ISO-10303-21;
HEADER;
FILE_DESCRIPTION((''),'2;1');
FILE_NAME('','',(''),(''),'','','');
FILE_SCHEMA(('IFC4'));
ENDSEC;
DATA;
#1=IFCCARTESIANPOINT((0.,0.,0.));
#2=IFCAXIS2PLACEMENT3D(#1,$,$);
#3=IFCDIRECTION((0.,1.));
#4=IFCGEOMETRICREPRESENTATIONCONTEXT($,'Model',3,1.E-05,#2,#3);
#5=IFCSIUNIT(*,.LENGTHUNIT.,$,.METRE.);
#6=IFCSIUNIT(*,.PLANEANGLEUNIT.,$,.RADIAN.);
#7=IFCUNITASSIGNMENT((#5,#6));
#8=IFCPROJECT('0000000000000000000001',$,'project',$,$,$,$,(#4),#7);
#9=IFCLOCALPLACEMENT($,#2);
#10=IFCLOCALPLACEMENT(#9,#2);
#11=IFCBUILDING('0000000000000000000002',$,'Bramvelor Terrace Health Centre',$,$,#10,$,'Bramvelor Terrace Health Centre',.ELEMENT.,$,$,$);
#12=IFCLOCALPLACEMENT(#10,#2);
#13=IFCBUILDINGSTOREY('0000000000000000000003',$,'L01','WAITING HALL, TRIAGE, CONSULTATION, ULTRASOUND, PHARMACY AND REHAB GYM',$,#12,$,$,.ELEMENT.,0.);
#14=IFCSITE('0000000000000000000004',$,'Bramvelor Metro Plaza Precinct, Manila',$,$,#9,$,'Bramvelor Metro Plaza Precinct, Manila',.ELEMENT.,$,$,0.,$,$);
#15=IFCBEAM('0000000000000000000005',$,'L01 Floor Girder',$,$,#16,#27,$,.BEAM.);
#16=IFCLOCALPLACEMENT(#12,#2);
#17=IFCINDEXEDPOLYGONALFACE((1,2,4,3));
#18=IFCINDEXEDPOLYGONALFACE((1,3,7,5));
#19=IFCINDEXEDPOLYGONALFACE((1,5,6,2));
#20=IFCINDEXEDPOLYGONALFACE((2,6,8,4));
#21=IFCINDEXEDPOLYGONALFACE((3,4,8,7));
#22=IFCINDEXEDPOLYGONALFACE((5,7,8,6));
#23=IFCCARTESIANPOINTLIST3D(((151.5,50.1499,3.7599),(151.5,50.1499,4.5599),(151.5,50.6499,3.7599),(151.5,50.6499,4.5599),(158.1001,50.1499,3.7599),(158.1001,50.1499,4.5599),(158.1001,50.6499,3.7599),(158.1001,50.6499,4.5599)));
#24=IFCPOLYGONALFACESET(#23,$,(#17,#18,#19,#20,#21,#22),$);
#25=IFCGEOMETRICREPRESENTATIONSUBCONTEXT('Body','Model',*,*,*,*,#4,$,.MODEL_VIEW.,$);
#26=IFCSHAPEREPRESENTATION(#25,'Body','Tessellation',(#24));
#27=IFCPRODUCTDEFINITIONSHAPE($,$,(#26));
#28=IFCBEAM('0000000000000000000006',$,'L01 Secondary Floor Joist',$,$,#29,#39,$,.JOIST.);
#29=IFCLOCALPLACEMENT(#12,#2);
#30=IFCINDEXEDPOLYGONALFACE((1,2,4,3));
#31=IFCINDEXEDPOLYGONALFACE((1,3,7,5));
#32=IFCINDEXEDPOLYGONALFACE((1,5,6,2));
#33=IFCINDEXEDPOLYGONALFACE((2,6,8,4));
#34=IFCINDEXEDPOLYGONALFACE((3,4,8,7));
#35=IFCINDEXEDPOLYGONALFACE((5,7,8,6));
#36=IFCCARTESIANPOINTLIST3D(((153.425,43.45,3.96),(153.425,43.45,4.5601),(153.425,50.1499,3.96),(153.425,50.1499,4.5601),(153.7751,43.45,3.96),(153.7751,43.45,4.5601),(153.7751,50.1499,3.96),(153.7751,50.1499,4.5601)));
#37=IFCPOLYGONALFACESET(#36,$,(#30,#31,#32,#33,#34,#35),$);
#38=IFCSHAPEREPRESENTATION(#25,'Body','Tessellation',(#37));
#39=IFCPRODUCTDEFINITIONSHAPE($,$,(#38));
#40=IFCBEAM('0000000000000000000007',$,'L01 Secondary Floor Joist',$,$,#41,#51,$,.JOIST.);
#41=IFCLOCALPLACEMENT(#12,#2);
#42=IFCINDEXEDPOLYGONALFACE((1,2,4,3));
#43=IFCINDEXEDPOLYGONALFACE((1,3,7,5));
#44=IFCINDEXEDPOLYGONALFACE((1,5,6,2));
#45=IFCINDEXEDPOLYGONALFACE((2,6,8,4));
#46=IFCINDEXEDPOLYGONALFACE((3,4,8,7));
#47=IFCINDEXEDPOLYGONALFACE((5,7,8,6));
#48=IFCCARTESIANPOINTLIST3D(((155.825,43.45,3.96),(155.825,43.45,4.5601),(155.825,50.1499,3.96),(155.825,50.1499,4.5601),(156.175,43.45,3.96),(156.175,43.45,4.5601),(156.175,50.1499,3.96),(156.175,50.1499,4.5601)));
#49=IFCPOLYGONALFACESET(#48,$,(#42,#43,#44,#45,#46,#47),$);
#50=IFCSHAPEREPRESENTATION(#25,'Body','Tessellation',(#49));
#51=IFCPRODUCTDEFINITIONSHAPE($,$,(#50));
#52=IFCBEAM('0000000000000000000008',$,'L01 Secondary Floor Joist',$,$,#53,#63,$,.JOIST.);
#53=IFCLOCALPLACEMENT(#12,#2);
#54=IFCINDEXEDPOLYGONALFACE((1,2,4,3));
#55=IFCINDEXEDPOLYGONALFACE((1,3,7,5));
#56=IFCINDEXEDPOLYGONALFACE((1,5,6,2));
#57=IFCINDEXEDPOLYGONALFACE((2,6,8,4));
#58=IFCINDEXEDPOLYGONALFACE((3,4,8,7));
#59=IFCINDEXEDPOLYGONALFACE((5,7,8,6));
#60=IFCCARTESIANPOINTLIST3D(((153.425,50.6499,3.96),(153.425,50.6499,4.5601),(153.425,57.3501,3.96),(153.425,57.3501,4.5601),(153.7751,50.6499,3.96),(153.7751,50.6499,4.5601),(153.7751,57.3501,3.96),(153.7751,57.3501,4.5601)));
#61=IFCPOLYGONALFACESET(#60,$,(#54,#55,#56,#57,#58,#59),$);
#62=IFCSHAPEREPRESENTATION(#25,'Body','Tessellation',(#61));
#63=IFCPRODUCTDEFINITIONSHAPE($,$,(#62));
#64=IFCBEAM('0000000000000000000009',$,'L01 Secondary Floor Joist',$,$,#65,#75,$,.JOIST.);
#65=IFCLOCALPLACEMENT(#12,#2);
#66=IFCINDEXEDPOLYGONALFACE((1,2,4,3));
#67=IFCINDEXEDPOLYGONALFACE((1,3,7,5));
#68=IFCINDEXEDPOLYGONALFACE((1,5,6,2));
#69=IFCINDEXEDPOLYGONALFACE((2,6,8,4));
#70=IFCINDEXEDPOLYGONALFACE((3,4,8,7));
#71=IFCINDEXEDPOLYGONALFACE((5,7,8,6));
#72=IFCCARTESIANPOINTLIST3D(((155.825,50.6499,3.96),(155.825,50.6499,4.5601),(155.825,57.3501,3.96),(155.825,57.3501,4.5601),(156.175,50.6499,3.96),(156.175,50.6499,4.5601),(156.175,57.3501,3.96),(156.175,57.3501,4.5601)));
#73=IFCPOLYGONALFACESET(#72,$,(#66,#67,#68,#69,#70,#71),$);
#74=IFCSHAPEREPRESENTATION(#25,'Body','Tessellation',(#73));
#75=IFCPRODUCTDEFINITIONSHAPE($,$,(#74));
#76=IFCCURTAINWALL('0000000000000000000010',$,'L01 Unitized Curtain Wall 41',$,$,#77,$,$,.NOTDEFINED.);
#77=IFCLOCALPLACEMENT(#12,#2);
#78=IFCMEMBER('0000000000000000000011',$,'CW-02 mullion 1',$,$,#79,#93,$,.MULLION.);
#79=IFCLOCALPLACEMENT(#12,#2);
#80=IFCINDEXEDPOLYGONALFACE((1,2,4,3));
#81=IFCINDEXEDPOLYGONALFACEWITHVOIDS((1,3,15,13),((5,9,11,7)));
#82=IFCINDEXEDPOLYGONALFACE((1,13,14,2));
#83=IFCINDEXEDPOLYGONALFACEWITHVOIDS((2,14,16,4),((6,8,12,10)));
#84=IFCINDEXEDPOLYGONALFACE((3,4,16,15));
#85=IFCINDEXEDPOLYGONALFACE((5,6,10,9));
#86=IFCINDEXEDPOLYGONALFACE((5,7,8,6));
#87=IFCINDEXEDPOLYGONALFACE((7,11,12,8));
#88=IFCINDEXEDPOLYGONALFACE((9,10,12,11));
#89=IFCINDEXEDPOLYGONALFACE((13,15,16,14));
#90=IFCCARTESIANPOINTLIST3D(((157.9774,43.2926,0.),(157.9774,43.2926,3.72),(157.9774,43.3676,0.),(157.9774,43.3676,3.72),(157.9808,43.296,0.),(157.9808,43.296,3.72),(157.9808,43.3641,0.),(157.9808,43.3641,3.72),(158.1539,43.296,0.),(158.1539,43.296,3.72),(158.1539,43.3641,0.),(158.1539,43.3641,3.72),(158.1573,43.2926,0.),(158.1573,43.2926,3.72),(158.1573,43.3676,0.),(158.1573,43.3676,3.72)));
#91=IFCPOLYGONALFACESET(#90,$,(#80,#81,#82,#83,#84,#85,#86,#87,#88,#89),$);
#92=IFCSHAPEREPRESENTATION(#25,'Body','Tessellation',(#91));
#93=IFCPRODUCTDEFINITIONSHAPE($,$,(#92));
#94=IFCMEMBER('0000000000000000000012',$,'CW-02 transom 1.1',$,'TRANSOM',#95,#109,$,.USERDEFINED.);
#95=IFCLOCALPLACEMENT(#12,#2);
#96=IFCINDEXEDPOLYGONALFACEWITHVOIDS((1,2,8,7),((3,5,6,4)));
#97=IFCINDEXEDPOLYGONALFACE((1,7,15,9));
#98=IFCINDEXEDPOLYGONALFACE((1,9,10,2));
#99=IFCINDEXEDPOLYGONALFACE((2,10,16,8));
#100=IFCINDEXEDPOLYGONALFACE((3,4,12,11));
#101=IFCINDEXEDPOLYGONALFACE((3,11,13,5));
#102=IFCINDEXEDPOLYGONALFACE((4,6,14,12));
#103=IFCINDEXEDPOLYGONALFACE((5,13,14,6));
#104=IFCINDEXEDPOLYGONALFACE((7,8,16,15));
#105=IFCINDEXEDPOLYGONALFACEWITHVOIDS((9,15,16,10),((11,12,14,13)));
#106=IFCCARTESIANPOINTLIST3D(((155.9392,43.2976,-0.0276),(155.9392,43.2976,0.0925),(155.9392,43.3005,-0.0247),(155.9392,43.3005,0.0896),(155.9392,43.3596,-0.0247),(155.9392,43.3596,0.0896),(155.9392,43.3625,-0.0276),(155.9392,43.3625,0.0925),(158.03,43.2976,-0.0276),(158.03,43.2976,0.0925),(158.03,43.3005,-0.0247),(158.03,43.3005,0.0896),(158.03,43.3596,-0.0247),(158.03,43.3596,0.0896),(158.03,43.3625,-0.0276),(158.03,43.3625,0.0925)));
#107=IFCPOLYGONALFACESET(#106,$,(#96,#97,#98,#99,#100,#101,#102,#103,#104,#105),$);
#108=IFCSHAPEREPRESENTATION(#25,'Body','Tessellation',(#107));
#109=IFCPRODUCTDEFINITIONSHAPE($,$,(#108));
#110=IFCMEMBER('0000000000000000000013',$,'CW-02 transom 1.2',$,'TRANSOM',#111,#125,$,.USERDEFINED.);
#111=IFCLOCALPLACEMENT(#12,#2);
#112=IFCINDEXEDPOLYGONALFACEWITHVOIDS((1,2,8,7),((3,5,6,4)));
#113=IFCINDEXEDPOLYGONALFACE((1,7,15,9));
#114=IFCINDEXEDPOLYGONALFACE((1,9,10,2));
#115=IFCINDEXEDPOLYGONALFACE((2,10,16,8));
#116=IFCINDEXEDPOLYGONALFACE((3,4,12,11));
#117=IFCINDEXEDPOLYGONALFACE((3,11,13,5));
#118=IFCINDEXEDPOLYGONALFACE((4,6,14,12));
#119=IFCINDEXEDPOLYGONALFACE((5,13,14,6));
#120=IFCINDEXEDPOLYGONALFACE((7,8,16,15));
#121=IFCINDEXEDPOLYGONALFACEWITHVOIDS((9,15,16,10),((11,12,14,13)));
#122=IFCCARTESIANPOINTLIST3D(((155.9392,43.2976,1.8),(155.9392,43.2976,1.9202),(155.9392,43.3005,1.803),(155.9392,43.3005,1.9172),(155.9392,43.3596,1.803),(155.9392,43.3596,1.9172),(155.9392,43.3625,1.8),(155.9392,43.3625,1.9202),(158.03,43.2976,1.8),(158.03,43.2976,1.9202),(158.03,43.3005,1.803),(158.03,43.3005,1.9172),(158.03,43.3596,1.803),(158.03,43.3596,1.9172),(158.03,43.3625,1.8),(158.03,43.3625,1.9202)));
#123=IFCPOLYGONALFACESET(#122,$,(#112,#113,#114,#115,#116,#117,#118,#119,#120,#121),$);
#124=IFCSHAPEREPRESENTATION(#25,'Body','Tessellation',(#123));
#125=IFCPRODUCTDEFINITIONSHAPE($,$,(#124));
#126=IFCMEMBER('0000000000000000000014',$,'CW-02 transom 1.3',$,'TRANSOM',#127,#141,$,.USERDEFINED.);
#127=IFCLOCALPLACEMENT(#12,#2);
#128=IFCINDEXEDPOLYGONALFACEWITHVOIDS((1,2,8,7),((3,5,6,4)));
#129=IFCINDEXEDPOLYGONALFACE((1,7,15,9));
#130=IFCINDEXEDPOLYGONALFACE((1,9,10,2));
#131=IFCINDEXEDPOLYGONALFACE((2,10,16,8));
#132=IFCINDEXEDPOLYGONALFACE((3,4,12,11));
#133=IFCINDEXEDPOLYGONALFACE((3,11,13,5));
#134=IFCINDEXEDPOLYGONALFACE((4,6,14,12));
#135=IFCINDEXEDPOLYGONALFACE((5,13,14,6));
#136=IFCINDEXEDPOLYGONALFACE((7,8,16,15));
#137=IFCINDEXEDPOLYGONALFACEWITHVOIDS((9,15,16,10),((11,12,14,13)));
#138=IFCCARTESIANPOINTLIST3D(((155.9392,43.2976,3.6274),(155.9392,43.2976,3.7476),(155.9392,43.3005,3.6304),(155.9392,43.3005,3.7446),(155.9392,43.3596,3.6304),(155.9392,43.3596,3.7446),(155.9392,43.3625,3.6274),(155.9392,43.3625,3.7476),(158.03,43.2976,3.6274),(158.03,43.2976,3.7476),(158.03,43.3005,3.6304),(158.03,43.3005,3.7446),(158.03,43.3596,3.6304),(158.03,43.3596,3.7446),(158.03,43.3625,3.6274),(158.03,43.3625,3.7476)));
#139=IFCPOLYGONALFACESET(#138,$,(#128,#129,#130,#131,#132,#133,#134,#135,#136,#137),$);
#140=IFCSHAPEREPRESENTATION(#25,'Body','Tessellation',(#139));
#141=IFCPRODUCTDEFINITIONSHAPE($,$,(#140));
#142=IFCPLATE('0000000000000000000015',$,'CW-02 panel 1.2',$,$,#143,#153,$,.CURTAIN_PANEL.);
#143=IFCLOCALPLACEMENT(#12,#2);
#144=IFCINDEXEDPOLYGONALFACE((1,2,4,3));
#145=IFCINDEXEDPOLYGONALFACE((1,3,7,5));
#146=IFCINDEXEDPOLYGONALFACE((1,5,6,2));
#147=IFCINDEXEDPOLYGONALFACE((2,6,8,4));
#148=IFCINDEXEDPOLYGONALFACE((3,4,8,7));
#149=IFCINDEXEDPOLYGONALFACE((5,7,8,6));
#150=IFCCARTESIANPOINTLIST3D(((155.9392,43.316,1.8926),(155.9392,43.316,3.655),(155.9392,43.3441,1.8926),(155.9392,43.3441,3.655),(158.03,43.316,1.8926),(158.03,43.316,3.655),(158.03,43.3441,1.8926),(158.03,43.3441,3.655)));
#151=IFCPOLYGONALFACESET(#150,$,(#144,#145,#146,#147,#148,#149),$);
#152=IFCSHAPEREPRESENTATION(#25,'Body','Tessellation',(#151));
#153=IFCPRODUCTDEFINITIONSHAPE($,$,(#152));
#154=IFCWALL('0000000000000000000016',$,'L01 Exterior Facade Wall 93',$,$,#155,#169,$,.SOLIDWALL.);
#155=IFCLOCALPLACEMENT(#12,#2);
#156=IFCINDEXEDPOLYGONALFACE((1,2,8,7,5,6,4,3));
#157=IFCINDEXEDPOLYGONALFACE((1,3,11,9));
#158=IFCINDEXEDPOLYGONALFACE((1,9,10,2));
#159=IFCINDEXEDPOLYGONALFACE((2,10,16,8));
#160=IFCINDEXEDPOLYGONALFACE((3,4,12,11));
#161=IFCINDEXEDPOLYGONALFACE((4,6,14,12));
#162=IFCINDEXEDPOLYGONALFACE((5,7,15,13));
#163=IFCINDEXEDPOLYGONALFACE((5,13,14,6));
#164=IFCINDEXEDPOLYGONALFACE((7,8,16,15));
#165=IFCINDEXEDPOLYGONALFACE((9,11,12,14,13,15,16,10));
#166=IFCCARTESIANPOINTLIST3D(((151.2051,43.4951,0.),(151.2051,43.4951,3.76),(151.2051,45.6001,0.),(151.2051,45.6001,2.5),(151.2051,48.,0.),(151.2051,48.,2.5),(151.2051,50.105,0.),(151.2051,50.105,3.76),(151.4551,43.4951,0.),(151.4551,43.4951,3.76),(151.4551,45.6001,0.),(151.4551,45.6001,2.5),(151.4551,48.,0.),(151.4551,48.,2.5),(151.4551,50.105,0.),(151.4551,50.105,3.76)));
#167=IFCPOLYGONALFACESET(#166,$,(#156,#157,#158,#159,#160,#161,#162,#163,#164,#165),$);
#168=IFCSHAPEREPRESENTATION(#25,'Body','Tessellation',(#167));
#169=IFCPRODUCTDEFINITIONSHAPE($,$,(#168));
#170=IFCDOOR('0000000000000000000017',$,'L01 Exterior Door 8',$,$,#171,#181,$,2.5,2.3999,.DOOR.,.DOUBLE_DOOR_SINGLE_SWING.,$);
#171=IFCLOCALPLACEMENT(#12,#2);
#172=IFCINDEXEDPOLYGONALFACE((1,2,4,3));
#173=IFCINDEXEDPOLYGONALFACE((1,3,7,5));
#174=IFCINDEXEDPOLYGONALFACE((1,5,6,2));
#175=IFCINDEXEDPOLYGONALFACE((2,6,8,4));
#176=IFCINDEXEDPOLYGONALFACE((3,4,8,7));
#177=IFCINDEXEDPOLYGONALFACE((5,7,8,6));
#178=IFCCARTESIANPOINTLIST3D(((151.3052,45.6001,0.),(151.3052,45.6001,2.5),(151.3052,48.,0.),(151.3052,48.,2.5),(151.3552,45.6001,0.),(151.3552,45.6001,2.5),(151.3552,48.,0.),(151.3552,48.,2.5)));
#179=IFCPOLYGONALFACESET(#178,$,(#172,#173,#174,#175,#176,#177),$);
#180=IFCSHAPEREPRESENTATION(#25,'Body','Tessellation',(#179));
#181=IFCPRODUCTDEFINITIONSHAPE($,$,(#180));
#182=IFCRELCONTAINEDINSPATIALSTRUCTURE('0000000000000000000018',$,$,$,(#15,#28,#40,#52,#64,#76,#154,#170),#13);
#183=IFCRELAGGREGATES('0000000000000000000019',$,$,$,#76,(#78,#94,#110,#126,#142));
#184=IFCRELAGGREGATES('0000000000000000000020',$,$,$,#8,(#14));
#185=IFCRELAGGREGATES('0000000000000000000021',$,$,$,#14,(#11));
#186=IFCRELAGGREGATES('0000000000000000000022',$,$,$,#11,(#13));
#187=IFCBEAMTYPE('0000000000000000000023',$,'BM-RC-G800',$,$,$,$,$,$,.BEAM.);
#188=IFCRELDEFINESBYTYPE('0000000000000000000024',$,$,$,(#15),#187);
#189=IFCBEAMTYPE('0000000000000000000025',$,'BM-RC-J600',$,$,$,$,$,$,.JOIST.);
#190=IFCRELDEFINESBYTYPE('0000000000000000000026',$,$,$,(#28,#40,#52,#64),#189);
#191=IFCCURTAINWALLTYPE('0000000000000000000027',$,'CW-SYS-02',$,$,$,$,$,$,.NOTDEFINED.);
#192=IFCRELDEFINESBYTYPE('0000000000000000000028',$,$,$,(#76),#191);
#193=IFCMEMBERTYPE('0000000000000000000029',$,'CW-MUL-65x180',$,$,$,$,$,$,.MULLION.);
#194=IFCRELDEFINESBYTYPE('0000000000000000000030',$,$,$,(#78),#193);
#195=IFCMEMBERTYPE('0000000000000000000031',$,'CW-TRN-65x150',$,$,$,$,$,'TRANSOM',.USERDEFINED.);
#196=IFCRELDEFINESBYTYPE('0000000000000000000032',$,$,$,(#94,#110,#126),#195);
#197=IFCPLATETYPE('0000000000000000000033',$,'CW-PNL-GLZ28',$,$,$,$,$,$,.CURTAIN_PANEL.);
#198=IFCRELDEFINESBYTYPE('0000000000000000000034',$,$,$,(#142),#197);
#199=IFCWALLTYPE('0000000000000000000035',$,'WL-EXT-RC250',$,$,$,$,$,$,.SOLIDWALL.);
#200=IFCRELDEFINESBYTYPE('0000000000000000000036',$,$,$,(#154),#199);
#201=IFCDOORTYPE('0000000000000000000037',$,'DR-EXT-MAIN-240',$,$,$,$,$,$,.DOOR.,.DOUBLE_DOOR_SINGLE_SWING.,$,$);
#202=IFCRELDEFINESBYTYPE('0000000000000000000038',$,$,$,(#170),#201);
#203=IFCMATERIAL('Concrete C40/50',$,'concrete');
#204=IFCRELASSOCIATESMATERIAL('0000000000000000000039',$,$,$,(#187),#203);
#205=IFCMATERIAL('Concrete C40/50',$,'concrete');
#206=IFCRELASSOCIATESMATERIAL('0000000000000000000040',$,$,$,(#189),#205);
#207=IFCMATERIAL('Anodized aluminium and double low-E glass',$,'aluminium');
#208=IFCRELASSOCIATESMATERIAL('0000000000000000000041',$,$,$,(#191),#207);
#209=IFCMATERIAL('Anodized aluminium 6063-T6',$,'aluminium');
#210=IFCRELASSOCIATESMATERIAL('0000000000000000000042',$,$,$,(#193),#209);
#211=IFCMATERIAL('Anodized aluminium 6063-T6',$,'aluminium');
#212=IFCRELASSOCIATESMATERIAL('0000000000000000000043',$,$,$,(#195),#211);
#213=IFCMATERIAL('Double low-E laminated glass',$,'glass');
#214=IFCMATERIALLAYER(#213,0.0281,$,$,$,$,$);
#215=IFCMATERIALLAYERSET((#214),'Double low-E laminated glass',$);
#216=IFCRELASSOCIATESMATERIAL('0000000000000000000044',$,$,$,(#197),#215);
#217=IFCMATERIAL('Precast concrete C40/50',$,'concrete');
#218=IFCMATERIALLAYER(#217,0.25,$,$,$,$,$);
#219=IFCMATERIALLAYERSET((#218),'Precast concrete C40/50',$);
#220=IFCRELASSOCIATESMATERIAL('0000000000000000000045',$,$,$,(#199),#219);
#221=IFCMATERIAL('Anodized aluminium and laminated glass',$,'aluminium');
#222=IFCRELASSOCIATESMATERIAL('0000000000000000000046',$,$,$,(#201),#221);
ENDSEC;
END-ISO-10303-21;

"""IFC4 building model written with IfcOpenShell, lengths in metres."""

from ifc_helpers import new_model, si_unit, direction, frame, frame_2d, origin, origin_2d, place, context, subcontext, project, spatial, rectangle, hollow_rectangle, extrude, material, layer, layer_set, material_profile, profile_set, type_object, element, fill, aggregate, save


model = new_model("IFC4")

# Units and contexts
model_context = context("Model", 3, precision=1e-05, world=origin(), true_north=direction((0.0, 1.0)))
body_context = subcontext(model_context, "Body", "Model", "MODEL_VIEW")
ifc_project = project(units=[si_unit("LENGTHUNIT", "METRE"), si_unit("PLANEANGLEUNIT", "RADIAN")], contexts=[model_context])

# Site, building, storey
site_placement = place(None, origin())
site = spatial("IfcSite", under=ifc_project, at=site_placement, Name="Bramvelor Metro Plaza Precinct, Manila", LongName="Bramvelor Metro Plaza Precinct, Manila", CompositionType="ELEMENT", RefElevation=0.0)
building_placement = place(site_placement, origin())
building = spatial("IfcBuilding", under=site, at=building_placement, Name="Bramvelor Terrace Health Centre", LongName="Bramvelor Terrace Health Centre", CompositionType="ELEMENT")
storey_placement = place(building_placement, origin())
storey = spatial("IfcBuildingStorey", under=building, at=storey_placement, Name="L01", Description="WAITING HALL, TRIAGE, CONSULTATION, ULTRASOUND, PHARMACY AND REHAB GYM", CompositionType="ELEMENT", Elevation=0.0)

# Beams
ifc_material_1 = material(Name="Concrete C40/50", Category="concrete")
ifc_material_profile_1 = material_profile(ifc_material_1, rectangle(XDim=0.5, YDim=0.8, at=origin_2d()), Name="RC 500x800")
ifc_profile_set_1 = profile_set([ifc_material_profile_1], Name="Concrete C40/50")
beam_type_1 = type_object("IfcBeamType", Name="BM-RC-G800", PredefinedType="BEAM", material=ifc_profile_set_1)
beam_placement = place(storey_placement, frame((151.5, 50.3999, 4.1599), z_axis=(1.0, 0.0, 0.0), x_axis=(0.0, 1.0, 0.0)))
element("IfcBeam", 1, at=beam_placement, inside=storey, type_object=beam_type_1, Name="L01 Floor Girder", PredefinedType="BEAM", context=body_context, shape_type="SweptSolid", body=[
    extrude(rectangle(XDim=0.5, YDim=0.8, at=origin_2d()), origin(), (0.0, 0.0, 1.0), 6.6001),
])
ifc_material_2 = material(Name="Concrete C40/50", Category="concrete")
ifc_material_profile_2 = material_profile(ifc_material_2, rectangle(XDim=0.3501, YDim=0.6001, at=origin_2d()), Name="RC 350x600")
ifc_profile_set_2 = profile_set([ifc_material_profile_2], Name="Concrete C40/50")
beam_type_2 = type_object("IfcBeamType", Name="BM-RC-J600", PredefinedType="JOIST", material=ifc_profile_set_2)
for number, where, z_axis, x_axis, name in (
    (2, (153.6001, 43.45, 4.26), (0.0, 1.0, 0.0), (-1.0, 0.0, 0.0), "L01 Secondary Floor Joist"),
    (3, (156.0, 43.45, 4.26), (0.0, 1.0, 0.0), (-1.0, 0.0, 0.0), "L01 Secondary Floor Joist"),
):
    element("IfcBeam", number, at=place(storey_placement, frame(where, z_axis=z_axis, x_axis=x_axis)), inside=storey, type_object=beam_type_2, Name=name, PredefinedType="JOIST", context=body_context, shape_type="SweptSolid", body=[
        extrude(rectangle(XDim=0.3501, YDim=0.6001, at=origin_2d()), origin(), (0.0, 0.0, 1.0), 6.7),
    ])
for number, where, z_axis, x_axis, name in (
    (4, (153.6001, 50.6499, 4.26), (0.0, 1.0, 0.0), (-1.0, 0.0, 0.0), "L01 Secondary Floor Joist"),
    (5, (156.0, 50.6499, 4.26), (0.0, 1.0, 0.0), (-1.0, 0.0, 0.0), "L01 Secondary Floor Joist"),
):
    element("IfcBeam", number, at=place(storey_placement, frame(where, z_axis=z_axis, x_axis=x_axis)), inside=storey, type_object=beam_type_2, Name=name, PredefinedType="JOIST", context=body_context, shape_type="SweptSolid", body=[
        extrude(rectangle(XDim=0.3501, YDim=0.6001, at=origin_2d()), origin(), (0.0, 0.0, 1.0), 6.7002),
    ])

# Curtain wall, members, plate
ifc_material_3 = material(Name="Anodized aluminium and double low-E glass", Category="aluminium")
curtain_wall_type = type_object("IfcCurtainWallType", Name="CW-SYS-02", PredefinedType="NOTDEFINED", material=ifc_material_3)
curtain_wall_placement = place(storey_placement, origin())
curtain_wall = element("IfcCurtainWall", 6, at=curtain_wall_placement, inside=storey, type_object=curtain_wall_type, Name="L01 Unitized Curtain Wall 41", PredefinedType="NOTDEFINED")
ifc_material_4 = material(Name="Anodized aluminium 6063-T6", Category="aluminium")
ifc_material_profile_3 = material_profile(ifc_material_4, hollow_rectangle(XDim=0.075, YDim=0.1799, WallThickness=0.0034, at=origin_2d()), Name="ALU-MUL 75x180x3.5")
ifc_profile_set_3 = profile_set([ifc_material_profile_3], Name="Anodized aluminium 6063-T6")
member_type_1 = type_object("IfcMemberType", Name="CW-MUL-65x180", PredefinedType="MULLION", material=ifc_profile_set_3)
member_1_placement = place(storey_placement, frame((158.0674, 43.3301, 0.0), z_axis=(0.0, 0.0, 1.0), x_axis=(0.0, -1.0, 0.0)))
member_1 = element("IfcMember", 7, at=member_1_placement, type_object=member_type_1, Name="CW-02 mullion 1", PredefinedType="MULLION", context=body_context, shape_type="SweptSolid", body=[
    extrude(hollow_rectangle(XDim=0.075, YDim=0.1799, WallThickness=0.0034, at=origin_2d()), origin(), (0.0, 0.0, 1.0), 3.72),
])
ifc_material_5 = material(Name="Anodized aluminium 6063-T6", Category="aluminium")
ifc_material_profile_4 = material_profile(ifc_material_5, hollow_rectangle(XDim=0.0649, YDim=0.1201, WallThickness=0.0029, at=origin_2d()), Name="ALU-TRN 65x120x3.0")
ifc_profile_set_4 = profile_set([ifc_material_profile_4], Name="Anodized aluminium 6063-T6")
member_type_2 = type_object("IfcMemberType", Name="CW-TRN-65x150", ElementType="TRANSOM", PredefinedType="USERDEFINED", material=ifc_profile_set_4)
member_2_placement = place(storey_placement, frame((158.03, 43.3301, 0.0325), z_axis=(-1.0, 0.0, 0.0), x_axis=(0.0, -1.0, 0.0)))
member_2 = element("IfcMember", 8, at=member_2_placement, type_object=member_type_2, Name="CW-02 transom 1.1", ObjectType="TRANSOM", PredefinedType="USERDEFINED", context=body_context, shape_type="SweptSolid", body=[
    extrude(hollow_rectangle(XDim=0.0649, YDim=0.1201, WallThickness=0.0029, at=origin_2d()), origin(), (0.0, 0.0, 1.0), 2.0908),
])
member_3_placement = place(storey_placement, frame((158.03, 43.3301, 1.8601), z_axis=(-1.0, 0.0, 0.0), x_axis=(0.0, -1.0, 0.0)))
member_3 = element("IfcMember", 9, at=member_3_placement, type_object=member_type_2, Name="CW-02 transom 1.2", ObjectType="TRANSOM", PredefinedType="USERDEFINED", context=body_context, shape_type="SweptSolid", body=[
    extrude(hollow_rectangle(XDim=0.0649, YDim=0.1201, WallThickness=0.0029, at=origin_2d()), origin(), (0.0, 0.0, 1.0), 2.0908),
])
member_4_placement = place(storey_placement, frame((158.03, 43.3301, 3.6875), z_axis=(-1.0, 0.0, 0.0), x_axis=(0.0, -1.0, 0.0)))
member_4 = element("IfcMember", 10, at=member_4_placement, type_object=member_type_2, Name="CW-02 transom 1.3", ObjectType="TRANSOM", PredefinedType="USERDEFINED", context=body_context, shape_type="SweptSolid", body=[
    extrude(hollow_rectangle(XDim=0.0649, YDim=0.1201, WallThickness=0.0029, at=origin_2d()), origin(), (0.0, 0.0, 1.0), 2.0908),
])
ifc_material_6 = material(Name="Double low-E laminated glass", Category="glass")
ifc_layer_1 = layer(ifc_material_6, 0.0281)
ifc_layer_set_1 = layer_set([ifc_layer_1], Name="Double low-E laminated glass")
plate_type = type_object("IfcPlateType", Name="CW-PNL-GLZ28", PredefinedType="CURTAIN_PANEL", material=ifc_layer_set_1)
plate_placement = place(storey_placement, frame((156.9846, 43.3301, 1.8926), z_axis=(0.0, 0.0, 1.0), x_axis=(-1.0, 0.0, 0.0)))
plate = element("IfcPlate", 11, at=plate_placement, type_object=plate_type, Name="CW-02 panel 1.2", PredefinedType="CURTAIN_PANEL", context=body_context, shape_type="SweptSolid", body=[
    extrude(rectangle(XDim=2.0908, YDim=0.0281, at=origin_2d()), origin(), (0.0, 0.0, 1.0), 1.7625),
])
aggregate(curtain_wall, [member_1, member_2, member_3, member_4, plate])

# Wall, opening, door
ifc_material_7 = material(Name="Precast concrete C40/50", Category="concrete")
ifc_layer_2 = layer(ifc_material_7, 0.25)
ifc_layer_set_2 = layer_set([ifc_layer_2], Name="Precast concrete C40/50")
wall_type_1 = type_object("IfcWallType", Name="WL-EXT-RC250", PredefinedType="SOLIDWALL", material=ifc_layer_set_2)
wall_1_placement = place(storey_placement, frame((151.3301, 43.4951, 0.0), z_axis=(0.0, 0.0, 1.0), x_axis=(0.0, 1.0, 0.0)))
wall_1 = element("IfcWall", 12, at=wall_1_placement, inside=storey, type_object=wall_type_1, Name="L01 Exterior Facade Wall 93", PredefinedType="SOLIDWALL", context=body_context, shape_type="SweptSolid", body=[
    extrude(rectangle(XDim=6.6099, YDim=0.25, at=frame_2d((3.3049, 0.0))), origin(), (0.0, 0.0, 1.0), 3.76),
])
opening_1_placement = place(wall_1_placement, frame((2.105, 0.0, 0.0)))
opening_1 = element("IfcOpeningElement", 13, at=opening_1_placement, cuts=wall_1, PredefinedType="OPENING", context=body_context, shape_type="SweptSolid", body=[
    extrude(rectangle(XDim=2.3999, YDim=2.5, at=frame_2d((1.2, 1.25))), frame((0.0, 0.135, 0.0), z_axis=(0.0, -1.0, 0.0), x_axis=(1.0, 0.0, 0.0)), (0.0, 0.0, 1.0), 0.27),
])
ifc_material_8 = material(Name="Anodized aluminium and laminated glass", Category="aluminium")
door_type_1 = type_object("IfcDoorType", Name="DR-EXT-MAIN-240", OperationType="DOUBLE_DOOR_SINGLE_SWING", PredefinedType="DOOR", material=ifc_material_8)
door_1_placement = place(opening_1_placement, origin())
door_1 = element("IfcDoor", 14, at=door_1_placement, inside=storey, type_object=door_type_1, Name="L01 Exterior Door 8", OperationType="DOUBLE_DOOR_SINGLE_SWING", OverallHeight=2.5, OverallWidth=2.3999, PredefinedType="DOOR", context=body_context, shape_type="SweptSolid", body=[
    extrude(rectangle(XDim=2.3999, YDim=2.5, at=frame_2d((1.2, 1.25))), frame((0.0, 0.0249, 0.0), z_axis=(0.0, -1.0, 0.0), x_axis=(1.0, 0.0, 0.0)), (0.0, 0.0, 1.0), 0.05),
])
fill(opening_1, door_1)

save(model, "model.ifc")
